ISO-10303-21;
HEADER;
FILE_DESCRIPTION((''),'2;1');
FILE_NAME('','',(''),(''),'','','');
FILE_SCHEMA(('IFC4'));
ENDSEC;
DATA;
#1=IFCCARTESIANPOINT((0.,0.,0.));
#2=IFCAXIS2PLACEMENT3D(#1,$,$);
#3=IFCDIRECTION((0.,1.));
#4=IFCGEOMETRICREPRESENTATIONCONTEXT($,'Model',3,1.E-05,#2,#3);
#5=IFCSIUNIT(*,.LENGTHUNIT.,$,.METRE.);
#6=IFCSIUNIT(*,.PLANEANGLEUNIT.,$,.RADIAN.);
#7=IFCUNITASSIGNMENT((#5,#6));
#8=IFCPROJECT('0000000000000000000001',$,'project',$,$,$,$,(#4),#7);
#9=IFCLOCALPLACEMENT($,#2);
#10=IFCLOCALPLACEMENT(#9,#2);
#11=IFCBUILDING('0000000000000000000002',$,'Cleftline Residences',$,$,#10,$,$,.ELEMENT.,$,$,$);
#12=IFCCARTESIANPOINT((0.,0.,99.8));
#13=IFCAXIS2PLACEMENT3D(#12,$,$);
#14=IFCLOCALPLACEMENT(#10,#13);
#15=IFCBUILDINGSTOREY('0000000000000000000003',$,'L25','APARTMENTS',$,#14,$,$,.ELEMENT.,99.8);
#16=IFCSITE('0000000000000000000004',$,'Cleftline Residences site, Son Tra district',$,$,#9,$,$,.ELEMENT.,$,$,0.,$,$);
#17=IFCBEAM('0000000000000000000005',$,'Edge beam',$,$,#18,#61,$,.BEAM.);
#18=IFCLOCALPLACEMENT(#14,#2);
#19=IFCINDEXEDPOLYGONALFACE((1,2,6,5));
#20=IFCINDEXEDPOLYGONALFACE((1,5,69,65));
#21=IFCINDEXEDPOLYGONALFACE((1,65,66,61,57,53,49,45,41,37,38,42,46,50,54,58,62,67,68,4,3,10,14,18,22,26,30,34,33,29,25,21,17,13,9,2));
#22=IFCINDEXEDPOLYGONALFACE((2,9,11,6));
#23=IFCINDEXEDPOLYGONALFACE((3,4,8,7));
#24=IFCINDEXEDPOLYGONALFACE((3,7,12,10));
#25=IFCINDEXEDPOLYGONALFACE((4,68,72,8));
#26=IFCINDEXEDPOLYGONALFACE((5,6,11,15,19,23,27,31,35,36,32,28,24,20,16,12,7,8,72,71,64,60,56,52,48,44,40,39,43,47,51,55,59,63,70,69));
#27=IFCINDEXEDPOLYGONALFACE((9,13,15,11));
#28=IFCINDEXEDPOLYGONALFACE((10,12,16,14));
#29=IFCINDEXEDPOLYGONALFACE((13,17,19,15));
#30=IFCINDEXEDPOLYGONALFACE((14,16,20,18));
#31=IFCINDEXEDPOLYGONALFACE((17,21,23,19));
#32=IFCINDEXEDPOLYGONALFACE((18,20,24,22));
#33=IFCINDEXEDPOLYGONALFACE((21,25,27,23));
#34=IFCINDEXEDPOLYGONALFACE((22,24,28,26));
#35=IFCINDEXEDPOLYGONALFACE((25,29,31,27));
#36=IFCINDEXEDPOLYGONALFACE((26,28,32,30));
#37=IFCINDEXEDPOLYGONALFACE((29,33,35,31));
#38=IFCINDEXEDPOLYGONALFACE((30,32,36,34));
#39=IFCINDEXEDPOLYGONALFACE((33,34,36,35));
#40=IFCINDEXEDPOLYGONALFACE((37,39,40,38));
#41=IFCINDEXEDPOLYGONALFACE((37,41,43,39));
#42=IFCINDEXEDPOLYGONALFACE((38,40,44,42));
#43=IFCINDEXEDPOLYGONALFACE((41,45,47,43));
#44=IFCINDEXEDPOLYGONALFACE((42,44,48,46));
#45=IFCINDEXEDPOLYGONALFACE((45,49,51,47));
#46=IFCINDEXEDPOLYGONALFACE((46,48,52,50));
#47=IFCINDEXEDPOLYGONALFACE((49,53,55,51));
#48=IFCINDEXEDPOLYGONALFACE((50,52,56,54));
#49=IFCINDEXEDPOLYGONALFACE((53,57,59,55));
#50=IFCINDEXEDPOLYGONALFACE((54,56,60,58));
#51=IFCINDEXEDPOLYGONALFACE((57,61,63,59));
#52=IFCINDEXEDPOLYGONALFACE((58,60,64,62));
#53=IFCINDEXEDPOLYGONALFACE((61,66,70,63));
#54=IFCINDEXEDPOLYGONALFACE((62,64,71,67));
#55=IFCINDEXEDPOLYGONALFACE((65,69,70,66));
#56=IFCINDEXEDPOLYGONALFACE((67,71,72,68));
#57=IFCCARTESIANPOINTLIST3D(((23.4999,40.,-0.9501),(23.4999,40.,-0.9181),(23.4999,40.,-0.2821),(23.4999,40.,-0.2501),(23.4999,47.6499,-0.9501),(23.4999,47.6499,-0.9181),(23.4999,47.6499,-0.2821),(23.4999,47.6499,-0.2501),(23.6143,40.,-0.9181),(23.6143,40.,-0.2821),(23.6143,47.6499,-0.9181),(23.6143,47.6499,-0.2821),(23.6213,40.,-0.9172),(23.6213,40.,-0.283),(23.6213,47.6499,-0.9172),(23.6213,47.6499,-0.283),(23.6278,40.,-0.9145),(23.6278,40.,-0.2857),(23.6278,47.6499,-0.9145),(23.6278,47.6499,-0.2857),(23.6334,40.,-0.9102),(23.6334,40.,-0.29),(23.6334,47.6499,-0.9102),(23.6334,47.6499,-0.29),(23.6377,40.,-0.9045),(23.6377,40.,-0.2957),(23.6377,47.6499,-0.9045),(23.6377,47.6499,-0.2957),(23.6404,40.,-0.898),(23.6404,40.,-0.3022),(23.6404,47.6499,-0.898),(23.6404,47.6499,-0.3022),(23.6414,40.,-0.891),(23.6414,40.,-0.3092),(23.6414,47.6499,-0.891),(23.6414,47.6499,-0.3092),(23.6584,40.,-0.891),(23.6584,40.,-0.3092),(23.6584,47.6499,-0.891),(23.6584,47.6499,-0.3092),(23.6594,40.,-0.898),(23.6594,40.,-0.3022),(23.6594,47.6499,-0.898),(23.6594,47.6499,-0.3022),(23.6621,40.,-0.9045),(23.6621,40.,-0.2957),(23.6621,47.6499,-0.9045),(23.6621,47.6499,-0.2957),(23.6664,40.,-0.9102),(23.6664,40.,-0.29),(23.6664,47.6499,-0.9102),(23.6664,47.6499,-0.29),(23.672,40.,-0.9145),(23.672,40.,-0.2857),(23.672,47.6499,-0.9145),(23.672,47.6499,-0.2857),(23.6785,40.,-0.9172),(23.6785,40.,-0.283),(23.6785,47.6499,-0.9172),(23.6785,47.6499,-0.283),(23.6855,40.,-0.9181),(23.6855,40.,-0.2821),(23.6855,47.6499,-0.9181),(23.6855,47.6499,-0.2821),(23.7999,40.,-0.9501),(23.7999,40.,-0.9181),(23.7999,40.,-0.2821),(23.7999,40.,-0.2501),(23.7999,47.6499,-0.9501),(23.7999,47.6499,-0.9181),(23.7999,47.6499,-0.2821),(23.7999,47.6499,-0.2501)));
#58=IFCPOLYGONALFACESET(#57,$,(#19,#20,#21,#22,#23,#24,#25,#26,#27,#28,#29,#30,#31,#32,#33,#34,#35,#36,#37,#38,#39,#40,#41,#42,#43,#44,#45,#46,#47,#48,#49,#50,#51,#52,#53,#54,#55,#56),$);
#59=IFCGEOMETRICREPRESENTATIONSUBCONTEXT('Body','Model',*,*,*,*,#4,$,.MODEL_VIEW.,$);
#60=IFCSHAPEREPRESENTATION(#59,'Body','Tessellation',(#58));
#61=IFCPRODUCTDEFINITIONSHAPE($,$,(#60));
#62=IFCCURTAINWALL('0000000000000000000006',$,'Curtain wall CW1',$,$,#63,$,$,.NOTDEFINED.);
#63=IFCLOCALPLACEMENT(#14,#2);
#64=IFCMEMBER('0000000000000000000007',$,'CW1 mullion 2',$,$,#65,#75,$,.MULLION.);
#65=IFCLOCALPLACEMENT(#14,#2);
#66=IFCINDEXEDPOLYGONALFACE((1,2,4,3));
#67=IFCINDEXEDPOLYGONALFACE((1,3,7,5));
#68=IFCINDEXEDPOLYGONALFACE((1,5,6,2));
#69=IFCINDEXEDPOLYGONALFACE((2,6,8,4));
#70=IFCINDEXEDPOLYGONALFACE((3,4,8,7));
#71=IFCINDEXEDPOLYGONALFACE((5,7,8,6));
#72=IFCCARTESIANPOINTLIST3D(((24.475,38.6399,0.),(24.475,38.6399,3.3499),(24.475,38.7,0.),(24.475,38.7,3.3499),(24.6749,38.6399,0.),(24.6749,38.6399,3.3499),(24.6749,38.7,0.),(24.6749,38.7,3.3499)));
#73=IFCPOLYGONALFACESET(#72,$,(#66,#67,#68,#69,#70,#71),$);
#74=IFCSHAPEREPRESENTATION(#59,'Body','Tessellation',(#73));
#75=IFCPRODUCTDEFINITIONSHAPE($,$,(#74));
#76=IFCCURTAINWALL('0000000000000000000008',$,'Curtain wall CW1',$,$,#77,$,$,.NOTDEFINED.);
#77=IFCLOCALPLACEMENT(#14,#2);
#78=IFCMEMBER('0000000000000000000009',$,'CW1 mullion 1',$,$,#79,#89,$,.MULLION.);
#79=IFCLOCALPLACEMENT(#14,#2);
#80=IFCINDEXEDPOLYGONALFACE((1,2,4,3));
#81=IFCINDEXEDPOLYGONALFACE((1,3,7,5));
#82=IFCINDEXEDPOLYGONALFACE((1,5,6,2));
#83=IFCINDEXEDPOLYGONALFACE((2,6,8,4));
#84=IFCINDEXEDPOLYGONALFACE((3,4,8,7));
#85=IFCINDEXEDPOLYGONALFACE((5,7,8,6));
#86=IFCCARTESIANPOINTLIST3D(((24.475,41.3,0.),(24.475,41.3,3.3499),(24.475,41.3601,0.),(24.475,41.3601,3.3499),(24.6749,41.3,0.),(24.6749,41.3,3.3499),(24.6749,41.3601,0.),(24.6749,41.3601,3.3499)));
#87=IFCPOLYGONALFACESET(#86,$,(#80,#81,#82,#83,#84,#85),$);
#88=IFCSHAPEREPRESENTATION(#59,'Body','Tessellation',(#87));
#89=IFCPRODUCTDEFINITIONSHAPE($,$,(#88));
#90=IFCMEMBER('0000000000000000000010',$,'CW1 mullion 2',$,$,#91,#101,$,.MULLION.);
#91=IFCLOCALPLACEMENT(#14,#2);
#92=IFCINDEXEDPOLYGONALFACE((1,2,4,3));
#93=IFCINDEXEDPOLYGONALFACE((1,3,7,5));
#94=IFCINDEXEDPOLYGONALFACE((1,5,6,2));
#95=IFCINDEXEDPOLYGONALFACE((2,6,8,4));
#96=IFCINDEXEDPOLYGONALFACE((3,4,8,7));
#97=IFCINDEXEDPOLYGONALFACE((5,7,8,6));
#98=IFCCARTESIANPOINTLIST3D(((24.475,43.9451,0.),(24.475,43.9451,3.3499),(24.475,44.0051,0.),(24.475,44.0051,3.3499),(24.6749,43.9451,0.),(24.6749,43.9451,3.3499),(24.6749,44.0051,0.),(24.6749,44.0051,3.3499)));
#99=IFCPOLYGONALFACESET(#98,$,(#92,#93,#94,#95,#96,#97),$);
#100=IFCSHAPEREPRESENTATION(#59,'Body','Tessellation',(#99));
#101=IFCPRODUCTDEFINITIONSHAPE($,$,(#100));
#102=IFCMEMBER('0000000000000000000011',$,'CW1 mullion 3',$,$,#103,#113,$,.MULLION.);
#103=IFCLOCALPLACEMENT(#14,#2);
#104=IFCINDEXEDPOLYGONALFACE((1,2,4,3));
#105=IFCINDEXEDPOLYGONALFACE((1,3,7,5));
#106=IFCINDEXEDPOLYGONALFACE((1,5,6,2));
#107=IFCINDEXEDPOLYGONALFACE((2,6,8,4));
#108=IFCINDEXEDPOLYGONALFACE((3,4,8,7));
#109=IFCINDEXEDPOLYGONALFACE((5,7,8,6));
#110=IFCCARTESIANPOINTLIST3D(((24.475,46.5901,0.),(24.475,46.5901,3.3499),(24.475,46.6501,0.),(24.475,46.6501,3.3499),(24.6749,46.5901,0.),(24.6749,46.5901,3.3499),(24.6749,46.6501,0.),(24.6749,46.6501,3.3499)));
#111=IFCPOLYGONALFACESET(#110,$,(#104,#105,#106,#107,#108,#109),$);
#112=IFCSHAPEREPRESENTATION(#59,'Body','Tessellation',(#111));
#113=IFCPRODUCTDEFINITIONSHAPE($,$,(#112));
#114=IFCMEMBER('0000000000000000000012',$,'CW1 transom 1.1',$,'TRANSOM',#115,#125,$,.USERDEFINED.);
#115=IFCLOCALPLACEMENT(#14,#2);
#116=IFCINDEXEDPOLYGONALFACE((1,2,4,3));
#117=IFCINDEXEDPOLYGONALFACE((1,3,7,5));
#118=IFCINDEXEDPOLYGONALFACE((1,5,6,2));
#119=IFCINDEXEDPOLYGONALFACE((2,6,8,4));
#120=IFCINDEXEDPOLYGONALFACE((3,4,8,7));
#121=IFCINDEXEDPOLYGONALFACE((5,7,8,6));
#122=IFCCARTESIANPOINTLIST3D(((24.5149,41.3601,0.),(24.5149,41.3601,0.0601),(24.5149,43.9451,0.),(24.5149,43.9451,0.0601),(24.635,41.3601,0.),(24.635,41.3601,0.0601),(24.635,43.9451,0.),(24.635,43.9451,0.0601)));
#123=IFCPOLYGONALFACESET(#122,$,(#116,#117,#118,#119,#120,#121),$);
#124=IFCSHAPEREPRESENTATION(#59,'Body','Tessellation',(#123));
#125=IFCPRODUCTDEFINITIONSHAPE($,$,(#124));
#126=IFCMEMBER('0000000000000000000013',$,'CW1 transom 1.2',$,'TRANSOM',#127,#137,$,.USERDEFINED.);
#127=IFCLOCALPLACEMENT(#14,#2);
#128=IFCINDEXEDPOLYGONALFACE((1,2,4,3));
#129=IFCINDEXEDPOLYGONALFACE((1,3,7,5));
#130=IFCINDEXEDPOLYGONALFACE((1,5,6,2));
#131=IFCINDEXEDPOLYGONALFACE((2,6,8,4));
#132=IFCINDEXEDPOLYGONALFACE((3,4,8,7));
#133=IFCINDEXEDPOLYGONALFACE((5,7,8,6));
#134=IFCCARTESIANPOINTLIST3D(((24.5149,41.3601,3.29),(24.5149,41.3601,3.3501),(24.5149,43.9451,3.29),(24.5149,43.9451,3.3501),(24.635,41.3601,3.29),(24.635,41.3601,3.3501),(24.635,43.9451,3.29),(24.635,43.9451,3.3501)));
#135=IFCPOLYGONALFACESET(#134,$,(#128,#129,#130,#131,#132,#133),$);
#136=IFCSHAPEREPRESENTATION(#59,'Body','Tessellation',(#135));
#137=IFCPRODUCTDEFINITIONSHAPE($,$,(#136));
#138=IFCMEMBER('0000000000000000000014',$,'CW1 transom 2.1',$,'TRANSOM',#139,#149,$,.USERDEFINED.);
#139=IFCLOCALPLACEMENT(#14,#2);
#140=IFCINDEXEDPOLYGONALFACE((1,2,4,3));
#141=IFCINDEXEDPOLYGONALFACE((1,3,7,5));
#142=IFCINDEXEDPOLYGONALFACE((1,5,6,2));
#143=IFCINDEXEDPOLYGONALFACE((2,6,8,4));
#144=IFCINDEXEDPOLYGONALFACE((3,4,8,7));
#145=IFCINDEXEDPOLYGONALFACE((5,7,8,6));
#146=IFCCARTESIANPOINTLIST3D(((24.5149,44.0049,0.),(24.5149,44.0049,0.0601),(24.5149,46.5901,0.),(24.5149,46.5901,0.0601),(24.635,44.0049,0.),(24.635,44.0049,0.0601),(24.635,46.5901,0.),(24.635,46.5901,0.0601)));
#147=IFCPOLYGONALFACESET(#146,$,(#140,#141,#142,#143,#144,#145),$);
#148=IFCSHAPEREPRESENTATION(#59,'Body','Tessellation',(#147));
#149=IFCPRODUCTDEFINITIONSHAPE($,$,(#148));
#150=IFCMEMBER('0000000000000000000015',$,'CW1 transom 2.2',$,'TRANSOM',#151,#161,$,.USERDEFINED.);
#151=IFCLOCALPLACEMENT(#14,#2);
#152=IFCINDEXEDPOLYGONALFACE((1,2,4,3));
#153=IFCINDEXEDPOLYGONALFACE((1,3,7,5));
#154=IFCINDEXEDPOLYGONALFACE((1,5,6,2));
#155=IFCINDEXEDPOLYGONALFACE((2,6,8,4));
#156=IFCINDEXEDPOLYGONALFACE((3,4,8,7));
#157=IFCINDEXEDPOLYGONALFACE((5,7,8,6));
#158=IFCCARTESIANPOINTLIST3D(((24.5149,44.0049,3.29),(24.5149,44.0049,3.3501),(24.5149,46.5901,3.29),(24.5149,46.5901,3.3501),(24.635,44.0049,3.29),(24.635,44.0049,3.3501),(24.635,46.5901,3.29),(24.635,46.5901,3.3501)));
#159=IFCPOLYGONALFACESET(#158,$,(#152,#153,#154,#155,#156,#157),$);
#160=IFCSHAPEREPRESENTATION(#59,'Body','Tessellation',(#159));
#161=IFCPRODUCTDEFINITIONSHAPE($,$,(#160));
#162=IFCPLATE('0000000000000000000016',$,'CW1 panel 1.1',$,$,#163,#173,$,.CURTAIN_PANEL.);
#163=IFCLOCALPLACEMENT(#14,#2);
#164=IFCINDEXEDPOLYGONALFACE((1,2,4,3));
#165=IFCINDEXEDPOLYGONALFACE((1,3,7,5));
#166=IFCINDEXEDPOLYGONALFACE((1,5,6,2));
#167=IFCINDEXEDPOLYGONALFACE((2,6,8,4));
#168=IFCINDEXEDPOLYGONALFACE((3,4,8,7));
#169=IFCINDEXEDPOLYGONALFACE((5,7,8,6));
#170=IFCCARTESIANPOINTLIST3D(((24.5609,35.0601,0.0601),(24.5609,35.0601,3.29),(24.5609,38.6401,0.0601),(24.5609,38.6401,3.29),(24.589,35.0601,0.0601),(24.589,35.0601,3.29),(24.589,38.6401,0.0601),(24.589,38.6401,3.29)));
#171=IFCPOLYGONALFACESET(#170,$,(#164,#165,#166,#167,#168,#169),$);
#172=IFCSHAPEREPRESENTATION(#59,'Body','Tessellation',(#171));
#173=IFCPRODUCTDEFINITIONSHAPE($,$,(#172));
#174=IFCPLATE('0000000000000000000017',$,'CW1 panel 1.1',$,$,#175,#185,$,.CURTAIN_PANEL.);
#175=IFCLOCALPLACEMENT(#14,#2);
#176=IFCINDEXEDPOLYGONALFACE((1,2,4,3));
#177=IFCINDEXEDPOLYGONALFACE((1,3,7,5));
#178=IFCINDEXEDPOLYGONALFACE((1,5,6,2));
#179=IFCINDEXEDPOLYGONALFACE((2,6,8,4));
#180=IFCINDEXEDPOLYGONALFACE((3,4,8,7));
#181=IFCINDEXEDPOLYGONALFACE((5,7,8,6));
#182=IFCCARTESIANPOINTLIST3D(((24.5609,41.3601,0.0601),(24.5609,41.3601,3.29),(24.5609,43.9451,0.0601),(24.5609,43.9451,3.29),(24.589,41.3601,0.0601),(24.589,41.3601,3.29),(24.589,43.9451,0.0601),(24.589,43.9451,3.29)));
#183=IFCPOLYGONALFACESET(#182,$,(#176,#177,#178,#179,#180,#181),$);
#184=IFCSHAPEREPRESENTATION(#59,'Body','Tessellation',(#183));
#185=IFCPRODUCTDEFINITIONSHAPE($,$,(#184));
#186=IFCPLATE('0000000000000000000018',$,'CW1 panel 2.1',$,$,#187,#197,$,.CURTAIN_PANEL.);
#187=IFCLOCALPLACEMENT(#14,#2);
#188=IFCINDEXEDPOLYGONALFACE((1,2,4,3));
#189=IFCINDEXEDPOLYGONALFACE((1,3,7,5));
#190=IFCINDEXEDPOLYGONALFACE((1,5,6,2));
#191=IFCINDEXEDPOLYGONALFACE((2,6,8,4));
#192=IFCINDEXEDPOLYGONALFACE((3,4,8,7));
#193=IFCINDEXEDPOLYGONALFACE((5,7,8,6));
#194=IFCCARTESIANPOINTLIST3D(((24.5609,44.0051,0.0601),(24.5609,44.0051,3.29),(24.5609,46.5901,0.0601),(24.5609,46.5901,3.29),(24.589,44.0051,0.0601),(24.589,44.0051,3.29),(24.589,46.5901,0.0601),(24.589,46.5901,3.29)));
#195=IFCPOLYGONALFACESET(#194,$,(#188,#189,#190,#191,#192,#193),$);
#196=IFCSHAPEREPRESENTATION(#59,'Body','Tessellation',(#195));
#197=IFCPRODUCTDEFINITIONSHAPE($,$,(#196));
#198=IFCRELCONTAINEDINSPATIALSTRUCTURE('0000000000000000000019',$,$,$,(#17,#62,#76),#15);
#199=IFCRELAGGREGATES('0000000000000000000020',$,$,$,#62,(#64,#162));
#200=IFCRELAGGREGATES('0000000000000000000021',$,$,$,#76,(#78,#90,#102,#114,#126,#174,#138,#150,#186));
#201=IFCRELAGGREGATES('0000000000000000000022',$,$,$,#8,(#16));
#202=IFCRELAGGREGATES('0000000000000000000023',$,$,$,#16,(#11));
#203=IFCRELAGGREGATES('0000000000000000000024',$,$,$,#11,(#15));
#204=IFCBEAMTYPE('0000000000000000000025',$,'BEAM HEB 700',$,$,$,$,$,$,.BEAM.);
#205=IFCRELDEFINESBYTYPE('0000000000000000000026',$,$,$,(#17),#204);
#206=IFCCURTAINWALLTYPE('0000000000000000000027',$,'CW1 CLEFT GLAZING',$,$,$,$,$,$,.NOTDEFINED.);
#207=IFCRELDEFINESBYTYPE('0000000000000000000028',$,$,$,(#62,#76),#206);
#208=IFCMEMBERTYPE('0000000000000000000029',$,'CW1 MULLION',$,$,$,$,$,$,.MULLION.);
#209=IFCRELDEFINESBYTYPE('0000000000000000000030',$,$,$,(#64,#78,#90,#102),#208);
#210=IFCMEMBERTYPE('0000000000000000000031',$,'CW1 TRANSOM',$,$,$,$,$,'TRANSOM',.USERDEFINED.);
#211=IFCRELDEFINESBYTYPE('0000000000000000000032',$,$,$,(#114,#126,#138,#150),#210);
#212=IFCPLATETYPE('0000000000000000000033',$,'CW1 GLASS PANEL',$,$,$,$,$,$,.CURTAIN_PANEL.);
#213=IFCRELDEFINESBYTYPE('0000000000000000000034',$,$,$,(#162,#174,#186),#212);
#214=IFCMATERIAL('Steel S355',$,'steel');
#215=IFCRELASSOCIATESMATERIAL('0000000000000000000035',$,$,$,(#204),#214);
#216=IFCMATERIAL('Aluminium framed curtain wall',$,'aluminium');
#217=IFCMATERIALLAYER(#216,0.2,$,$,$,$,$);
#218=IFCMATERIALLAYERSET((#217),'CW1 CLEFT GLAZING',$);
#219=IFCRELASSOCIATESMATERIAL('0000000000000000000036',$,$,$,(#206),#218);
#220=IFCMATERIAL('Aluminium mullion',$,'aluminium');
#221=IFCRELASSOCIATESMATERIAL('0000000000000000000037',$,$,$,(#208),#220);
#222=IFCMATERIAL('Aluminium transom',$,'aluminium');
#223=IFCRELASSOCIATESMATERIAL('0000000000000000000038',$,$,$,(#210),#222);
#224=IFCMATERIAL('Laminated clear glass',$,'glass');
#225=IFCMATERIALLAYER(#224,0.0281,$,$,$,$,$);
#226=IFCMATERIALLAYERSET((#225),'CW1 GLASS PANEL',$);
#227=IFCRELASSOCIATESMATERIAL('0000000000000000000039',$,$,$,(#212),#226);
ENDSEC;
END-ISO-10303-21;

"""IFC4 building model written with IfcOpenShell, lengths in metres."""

from ifc_helpers import new_model, si_unit, direction, frame, origin, origin_2d, place, context, subcontext, project, spatial, rectangle, i_section, extrude, material, layer, layer_set, material_profile, profile_set, type_object, element, aggregate, save


model = new_model("IFC4")

# Units and contexts
model_context = context("Model", 3, precision=1e-05, world=origin(), true_north=direction((0.0, 1.0)))
body_context = subcontext(model_context, "Body", "Model", "MODEL_VIEW")
ifc_project = project(units=[si_unit("LENGTHUNIT", "METRE"), si_unit("PLANEANGLEUNIT", "RADIAN")], contexts=[model_context])

# Site, building, storey
site_placement = place(None, origin())
site = spatial("IfcSite", under=ifc_project, at=site_placement, Name="Cleftline Residences site, Son Tra district", CompositionType="ELEMENT", RefElevation=0.0)
building_placement = place(site_placement, origin())
building = spatial("IfcBuilding", under=site, at=building_placement, Name="Cleftline Residences", CompositionType="ELEMENT")
storey_placement = place(building_placement, frame((0.0, 0.0, 99.8)))
storey = spatial("IfcBuildingStorey", under=building, at=storey_placement, Name="L25", Description="APARTMENTS", CompositionType="ELEMENT", Elevation=99.8)

# Beam
ifc_material_1 = material(Name="Steel S355", Category="steel")
ifc_material_profile_1 = material_profile(ifc_material_1, i_section(OverallWidth=0.3, OverallDepth=0.7, WebThickness=0.0171, FlangeThickness=0.032, FilletRadius=0.0271, at=origin_2d()))
ifc_profile_set_1 = profile_set([ifc_material_profile_1], Name="Steel S355")
beam_type = type_object("IfcBeamType", Name="BEAM HEB 700", PredefinedType="BEAM", material=ifc_profile_set_1)
beam_placement = place(storey_placement, frame((23.6499, 47.6499, -0.6001), z_axis=(0.0, -1.0, 0.0), x_axis=(1.0, 0.0, 0.0)))
element("IfcBeam", 1, at=beam_placement, inside=storey, type_object=beam_type, Name="Edge beam", PredefinedType="BEAM", context=body_context, shape_type="SweptSolid", body=[
    extrude(i_section(OverallWidth=0.3, OverallDepth=0.7, WebThickness=0.0171, FlangeThickness=0.032, FilletRadius=0.0271, at=origin_2d()), origin(), (0.0, 0.0, 1.0), 7.6499),
])

# Curtain wall, member
ifc_material_2 = material(Name="Aluminium framed curtain wall", Category="aluminium")
ifc_layer_1 = layer(ifc_material_2, 0.2)
ifc_layer_set_1 = layer_set([ifc_layer_1], Name="CW1 CLEFT GLAZING")
curtain_wall_type = type_object("IfcCurtainWallType", Name="CW1 CLEFT GLAZING", PredefinedType="NOTDEFINED", material=ifc_layer_set_1)
curtain_wall_1_placement = place(storey_placement, origin())
curtain_wall_1 = element("IfcCurtainWall", 2, at=curtain_wall_1_placement, inside=storey, type_object=curtain_wall_type, Name="Curtain wall CW1", PredefinedType="NOTDEFINED")
ifc_material_3 = material(Name="Aluminium mullion", Category="aluminium")
ifc_material_profile_2 = material_profile(ifc_material_3, rectangle(XDim=0.2, YDim=0.0601, at=origin_2d()))
ifc_profile_set_2 = profile_set([ifc_material_profile_2], Name="Aluminium mullion")
member_type_1 = type_object("IfcMemberType", Name="CW1 MULLION", PredefinedType="MULLION", material=ifc_profile_set_2)
member_1_placement = place(storey_placement, frame((24.575, 38.6699, 0.0), z_axis=(0.0, 0.0, 1.0), x_axis=(-1.0, 0.0, 0.0)))
member_1 = element("IfcMember", 3, at=member_1_placement, type_object=member_type_1, Name="CW1 mullion 2", PredefinedType="MULLION", context=body_context, shape_type="SweptSolid", body=[
    extrude(rectangle(XDim=0.2, YDim=0.0601, at=origin_2d()), origin(), (0.0, 0.0, 1.0), 3.3499),
])

# Curtain wall, members
curtain_wall_2_placement = place(storey_placement, origin())
curtain_wall_2 = element("IfcCurtainWall", 4, at=curtain_wall_2_placement, inside=storey, type_object=curtain_wall_type, Name="Curtain wall CW1", PredefinedType="NOTDEFINED")
member_2_placement = place(storey_placement, frame((24.575, 41.3301, 0.0), z_axis=(0.0, 0.0, 1.0), x_axis=(-1.0, 0.0, 0.0)))
member_2 = element("IfcMember", 5, at=member_2_placement, type_object=member_type_1, Name="CW1 mullion 1", PredefinedType="MULLION", context=body_context, shape_type="SweptSolid", body=[
    extrude(rectangle(XDim=0.2, YDim=0.0601, at=origin_2d()), origin(), (0.0, 0.0, 1.0), 3.3499),
])
member_3_placement = place(storey_placement, frame((24.575, 43.9751, 0.0), z_axis=(0.0, 0.0, 1.0), x_axis=(-1.0, 0.0, 0.0)))
member_3 = element("IfcMember", 6, at=member_3_placement, type_object=member_type_1, Name="CW1 mullion 2", PredefinedType="MULLION", context=body_context, shape_type="SweptSolid", body=[
    extrude(rectangle(XDim=0.2, YDim=0.0601, at=origin_2d()), origin(), (0.0, 0.0, 1.0), 3.3499),
])
member_4_placement = place(storey_placement, frame((24.575, 46.6201, 0.0), z_axis=(0.0, 0.0, 1.0), x_axis=(-1.0, 0.0, 0.0)))
member_4 = element("IfcMember", 7, at=member_4_placement, type_object=member_type_1, Name="CW1 mullion 3", PredefinedType="MULLION", context=body_context, shape_type="SweptSolid", body=[
    extrude(rectangle(XDim=0.2, YDim=0.0601, at=origin_2d()), origin(), (0.0, 0.0, 1.0), 3.3499),
])
ifc_material_4 = material(Name="Aluminium transom", Category="aluminium")
ifc_material_profile_3 = material_profile(ifc_material_4, rectangle(XDim=0.1201, YDim=0.0601, at=origin_2d()))
ifc_profile_set_3 = profile_set([ifc_material_profile_3], Name="Aluminium transom")
member_type_2 = type_object("IfcMemberType", Name="CW1 TRANSOM", ElementType="TRANSOM", PredefinedType="USERDEFINED", material=ifc_profile_set_3)
member_5_placement = place(storey_placement, frame((24.575, 41.3601, 0.03), z_axis=(0.0, 1.0, 0.0), x_axis=(-1.0, 0.0, 0.0)))
member_5 = element("IfcMember", 8, at=member_5_placement, type_object=member_type_2, Name="CW1 transom 1.1", ObjectType="TRANSOM", PredefinedType="USERDEFINED", context=body_context, shape_type="SweptSolid", body=[
    extrude(rectangle(XDim=0.1201, YDim=0.0601, at=origin_2d()), origin(), (0.0, 0.0, 1.0), 2.585),
])
member_6_placement = place(storey_placement, frame((24.575, 41.3601, 3.3201), z_axis=(0.0, 1.0, 0.0), x_axis=(-1.0, 0.0, 0.0)))
member_6 = element("IfcMember", 9, at=member_6_placement, type_object=member_type_2, Name="CW1 transom 1.2", ObjectType="TRANSOM", PredefinedType="USERDEFINED", context=body_context, shape_type="SweptSolid", body=[
    extrude(rectangle(XDim=0.1201, YDim=0.0601, at=origin_2d()), origin(), (0.0, 0.0, 1.0), 2.585),
])
member_7_placement = place(storey_placement, frame((24.575, 44.0049, 0.03), z_axis=(0.0, 1.0, 0.0), x_axis=(-1.0, 0.0, 0.0)))
member_7 = element("IfcMember", 10, at=member_7_placement, type_object=member_type_2, Name="CW1 transom 2.1", ObjectType="TRANSOM", PredefinedType="USERDEFINED", context=body_context, shape_type="SweptSolid", body=[
    extrude(rectangle(XDim=0.1201, YDim=0.0601, at=origin_2d()), origin(), (0.0, 0.0, 1.0), 2.5852),
])
member_8_placement = place(storey_placement, frame((24.575, 44.0049, 3.3201), z_axis=(0.0, 1.0, 0.0), x_axis=(-1.0, 0.0, 0.0)))
member_8 = element("IfcMember", 11, at=member_8_placement, type_object=member_type_2, Name="CW1 transom 2.2", ObjectType="TRANSOM", PredefinedType="USERDEFINED", context=body_context, shape_type="SweptSolid", body=[
    extrude(rectangle(XDim=0.1201, YDim=0.0601, at=origin_2d()), origin(), (0.0, 0.0, 1.0), 2.5852),
])

# Plates
ifc_material_5 = material(Name="Laminated clear glass", Category="glass")
ifc_layer_2 = layer(ifc_material_5, 0.0281)
ifc_layer_set_2 = layer_set([ifc_layer_2], Name="CW1 GLASS PANEL")
plate_type = type_object("IfcPlateType", Name="CW1 GLASS PANEL", PredefinedType="CURTAIN_PANEL", material=ifc_layer_set_2)
plate_1_placement = place(storey_placement, frame((24.575, 36.8501, 0.0601), z_axis=(0.0, 0.0, 1.0), x_axis=(0.0, 1.0, 0.0)))
plate_1 = element("IfcPlate", 12, at=plate_1_placement, type_object=plate_type, Name="CW1 panel 1.1", PredefinedType="CURTAIN_PANEL", context=body_context, shape_type="SweptSolid", body=[
    extrude(rectangle(XDim=3.5801, YDim=0.0281, at=origin_2d()), origin(), (0.0, 0.0, 1.0), 3.23),
])
aggregate(curtain_wall_1, [member_1, plate_1])
plate_2_placement = place(storey_placement, frame((24.575, 42.6526, 0.0601), z_axis=(0.0, 0.0, 1.0), x_axis=(0.0, 1.0, 0.0)))
plate_2 = element("IfcPlate", 13, at=plate_2_placement, type_object=plate_type, Name="CW1 panel 1.1", PredefinedType="CURTAIN_PANEL", context=body_context, shape_type="SweptSolid", body=[
    extrude(rectangle(XDim=2.585, YDim=0.0281, at=origin_2d()), origin(), (0.0, 0.0, 1.0), 3.23),
])
plate_3_placement = place(storey_placement, frame((24.575, 45.2976, 0.0601), z_axis=(0.0, 0.0, 1.0), x_axis=(0.0, 1.0, 0.0)))
plate_3 = element("IfcPlate", 14, at=plate_3_placement, type_object=plate_type, Name="CW1 panel 2.1", PredefinedType="CURTAIN_PANEL", context=body_context, shape_type="SweptSolid", body=[
    extrude(rectangle(XDim=2.585, YDim=0.0281, at=origin_2d()), origin(), (0.0, 0.0, 1.0), 3.23),
])
aggregate(curtain_wall_2, [member_2, member_3, member_4, member_5, member_6, plate_2, member_7, member_8, plate_3])

save(model, "model.ifc")
